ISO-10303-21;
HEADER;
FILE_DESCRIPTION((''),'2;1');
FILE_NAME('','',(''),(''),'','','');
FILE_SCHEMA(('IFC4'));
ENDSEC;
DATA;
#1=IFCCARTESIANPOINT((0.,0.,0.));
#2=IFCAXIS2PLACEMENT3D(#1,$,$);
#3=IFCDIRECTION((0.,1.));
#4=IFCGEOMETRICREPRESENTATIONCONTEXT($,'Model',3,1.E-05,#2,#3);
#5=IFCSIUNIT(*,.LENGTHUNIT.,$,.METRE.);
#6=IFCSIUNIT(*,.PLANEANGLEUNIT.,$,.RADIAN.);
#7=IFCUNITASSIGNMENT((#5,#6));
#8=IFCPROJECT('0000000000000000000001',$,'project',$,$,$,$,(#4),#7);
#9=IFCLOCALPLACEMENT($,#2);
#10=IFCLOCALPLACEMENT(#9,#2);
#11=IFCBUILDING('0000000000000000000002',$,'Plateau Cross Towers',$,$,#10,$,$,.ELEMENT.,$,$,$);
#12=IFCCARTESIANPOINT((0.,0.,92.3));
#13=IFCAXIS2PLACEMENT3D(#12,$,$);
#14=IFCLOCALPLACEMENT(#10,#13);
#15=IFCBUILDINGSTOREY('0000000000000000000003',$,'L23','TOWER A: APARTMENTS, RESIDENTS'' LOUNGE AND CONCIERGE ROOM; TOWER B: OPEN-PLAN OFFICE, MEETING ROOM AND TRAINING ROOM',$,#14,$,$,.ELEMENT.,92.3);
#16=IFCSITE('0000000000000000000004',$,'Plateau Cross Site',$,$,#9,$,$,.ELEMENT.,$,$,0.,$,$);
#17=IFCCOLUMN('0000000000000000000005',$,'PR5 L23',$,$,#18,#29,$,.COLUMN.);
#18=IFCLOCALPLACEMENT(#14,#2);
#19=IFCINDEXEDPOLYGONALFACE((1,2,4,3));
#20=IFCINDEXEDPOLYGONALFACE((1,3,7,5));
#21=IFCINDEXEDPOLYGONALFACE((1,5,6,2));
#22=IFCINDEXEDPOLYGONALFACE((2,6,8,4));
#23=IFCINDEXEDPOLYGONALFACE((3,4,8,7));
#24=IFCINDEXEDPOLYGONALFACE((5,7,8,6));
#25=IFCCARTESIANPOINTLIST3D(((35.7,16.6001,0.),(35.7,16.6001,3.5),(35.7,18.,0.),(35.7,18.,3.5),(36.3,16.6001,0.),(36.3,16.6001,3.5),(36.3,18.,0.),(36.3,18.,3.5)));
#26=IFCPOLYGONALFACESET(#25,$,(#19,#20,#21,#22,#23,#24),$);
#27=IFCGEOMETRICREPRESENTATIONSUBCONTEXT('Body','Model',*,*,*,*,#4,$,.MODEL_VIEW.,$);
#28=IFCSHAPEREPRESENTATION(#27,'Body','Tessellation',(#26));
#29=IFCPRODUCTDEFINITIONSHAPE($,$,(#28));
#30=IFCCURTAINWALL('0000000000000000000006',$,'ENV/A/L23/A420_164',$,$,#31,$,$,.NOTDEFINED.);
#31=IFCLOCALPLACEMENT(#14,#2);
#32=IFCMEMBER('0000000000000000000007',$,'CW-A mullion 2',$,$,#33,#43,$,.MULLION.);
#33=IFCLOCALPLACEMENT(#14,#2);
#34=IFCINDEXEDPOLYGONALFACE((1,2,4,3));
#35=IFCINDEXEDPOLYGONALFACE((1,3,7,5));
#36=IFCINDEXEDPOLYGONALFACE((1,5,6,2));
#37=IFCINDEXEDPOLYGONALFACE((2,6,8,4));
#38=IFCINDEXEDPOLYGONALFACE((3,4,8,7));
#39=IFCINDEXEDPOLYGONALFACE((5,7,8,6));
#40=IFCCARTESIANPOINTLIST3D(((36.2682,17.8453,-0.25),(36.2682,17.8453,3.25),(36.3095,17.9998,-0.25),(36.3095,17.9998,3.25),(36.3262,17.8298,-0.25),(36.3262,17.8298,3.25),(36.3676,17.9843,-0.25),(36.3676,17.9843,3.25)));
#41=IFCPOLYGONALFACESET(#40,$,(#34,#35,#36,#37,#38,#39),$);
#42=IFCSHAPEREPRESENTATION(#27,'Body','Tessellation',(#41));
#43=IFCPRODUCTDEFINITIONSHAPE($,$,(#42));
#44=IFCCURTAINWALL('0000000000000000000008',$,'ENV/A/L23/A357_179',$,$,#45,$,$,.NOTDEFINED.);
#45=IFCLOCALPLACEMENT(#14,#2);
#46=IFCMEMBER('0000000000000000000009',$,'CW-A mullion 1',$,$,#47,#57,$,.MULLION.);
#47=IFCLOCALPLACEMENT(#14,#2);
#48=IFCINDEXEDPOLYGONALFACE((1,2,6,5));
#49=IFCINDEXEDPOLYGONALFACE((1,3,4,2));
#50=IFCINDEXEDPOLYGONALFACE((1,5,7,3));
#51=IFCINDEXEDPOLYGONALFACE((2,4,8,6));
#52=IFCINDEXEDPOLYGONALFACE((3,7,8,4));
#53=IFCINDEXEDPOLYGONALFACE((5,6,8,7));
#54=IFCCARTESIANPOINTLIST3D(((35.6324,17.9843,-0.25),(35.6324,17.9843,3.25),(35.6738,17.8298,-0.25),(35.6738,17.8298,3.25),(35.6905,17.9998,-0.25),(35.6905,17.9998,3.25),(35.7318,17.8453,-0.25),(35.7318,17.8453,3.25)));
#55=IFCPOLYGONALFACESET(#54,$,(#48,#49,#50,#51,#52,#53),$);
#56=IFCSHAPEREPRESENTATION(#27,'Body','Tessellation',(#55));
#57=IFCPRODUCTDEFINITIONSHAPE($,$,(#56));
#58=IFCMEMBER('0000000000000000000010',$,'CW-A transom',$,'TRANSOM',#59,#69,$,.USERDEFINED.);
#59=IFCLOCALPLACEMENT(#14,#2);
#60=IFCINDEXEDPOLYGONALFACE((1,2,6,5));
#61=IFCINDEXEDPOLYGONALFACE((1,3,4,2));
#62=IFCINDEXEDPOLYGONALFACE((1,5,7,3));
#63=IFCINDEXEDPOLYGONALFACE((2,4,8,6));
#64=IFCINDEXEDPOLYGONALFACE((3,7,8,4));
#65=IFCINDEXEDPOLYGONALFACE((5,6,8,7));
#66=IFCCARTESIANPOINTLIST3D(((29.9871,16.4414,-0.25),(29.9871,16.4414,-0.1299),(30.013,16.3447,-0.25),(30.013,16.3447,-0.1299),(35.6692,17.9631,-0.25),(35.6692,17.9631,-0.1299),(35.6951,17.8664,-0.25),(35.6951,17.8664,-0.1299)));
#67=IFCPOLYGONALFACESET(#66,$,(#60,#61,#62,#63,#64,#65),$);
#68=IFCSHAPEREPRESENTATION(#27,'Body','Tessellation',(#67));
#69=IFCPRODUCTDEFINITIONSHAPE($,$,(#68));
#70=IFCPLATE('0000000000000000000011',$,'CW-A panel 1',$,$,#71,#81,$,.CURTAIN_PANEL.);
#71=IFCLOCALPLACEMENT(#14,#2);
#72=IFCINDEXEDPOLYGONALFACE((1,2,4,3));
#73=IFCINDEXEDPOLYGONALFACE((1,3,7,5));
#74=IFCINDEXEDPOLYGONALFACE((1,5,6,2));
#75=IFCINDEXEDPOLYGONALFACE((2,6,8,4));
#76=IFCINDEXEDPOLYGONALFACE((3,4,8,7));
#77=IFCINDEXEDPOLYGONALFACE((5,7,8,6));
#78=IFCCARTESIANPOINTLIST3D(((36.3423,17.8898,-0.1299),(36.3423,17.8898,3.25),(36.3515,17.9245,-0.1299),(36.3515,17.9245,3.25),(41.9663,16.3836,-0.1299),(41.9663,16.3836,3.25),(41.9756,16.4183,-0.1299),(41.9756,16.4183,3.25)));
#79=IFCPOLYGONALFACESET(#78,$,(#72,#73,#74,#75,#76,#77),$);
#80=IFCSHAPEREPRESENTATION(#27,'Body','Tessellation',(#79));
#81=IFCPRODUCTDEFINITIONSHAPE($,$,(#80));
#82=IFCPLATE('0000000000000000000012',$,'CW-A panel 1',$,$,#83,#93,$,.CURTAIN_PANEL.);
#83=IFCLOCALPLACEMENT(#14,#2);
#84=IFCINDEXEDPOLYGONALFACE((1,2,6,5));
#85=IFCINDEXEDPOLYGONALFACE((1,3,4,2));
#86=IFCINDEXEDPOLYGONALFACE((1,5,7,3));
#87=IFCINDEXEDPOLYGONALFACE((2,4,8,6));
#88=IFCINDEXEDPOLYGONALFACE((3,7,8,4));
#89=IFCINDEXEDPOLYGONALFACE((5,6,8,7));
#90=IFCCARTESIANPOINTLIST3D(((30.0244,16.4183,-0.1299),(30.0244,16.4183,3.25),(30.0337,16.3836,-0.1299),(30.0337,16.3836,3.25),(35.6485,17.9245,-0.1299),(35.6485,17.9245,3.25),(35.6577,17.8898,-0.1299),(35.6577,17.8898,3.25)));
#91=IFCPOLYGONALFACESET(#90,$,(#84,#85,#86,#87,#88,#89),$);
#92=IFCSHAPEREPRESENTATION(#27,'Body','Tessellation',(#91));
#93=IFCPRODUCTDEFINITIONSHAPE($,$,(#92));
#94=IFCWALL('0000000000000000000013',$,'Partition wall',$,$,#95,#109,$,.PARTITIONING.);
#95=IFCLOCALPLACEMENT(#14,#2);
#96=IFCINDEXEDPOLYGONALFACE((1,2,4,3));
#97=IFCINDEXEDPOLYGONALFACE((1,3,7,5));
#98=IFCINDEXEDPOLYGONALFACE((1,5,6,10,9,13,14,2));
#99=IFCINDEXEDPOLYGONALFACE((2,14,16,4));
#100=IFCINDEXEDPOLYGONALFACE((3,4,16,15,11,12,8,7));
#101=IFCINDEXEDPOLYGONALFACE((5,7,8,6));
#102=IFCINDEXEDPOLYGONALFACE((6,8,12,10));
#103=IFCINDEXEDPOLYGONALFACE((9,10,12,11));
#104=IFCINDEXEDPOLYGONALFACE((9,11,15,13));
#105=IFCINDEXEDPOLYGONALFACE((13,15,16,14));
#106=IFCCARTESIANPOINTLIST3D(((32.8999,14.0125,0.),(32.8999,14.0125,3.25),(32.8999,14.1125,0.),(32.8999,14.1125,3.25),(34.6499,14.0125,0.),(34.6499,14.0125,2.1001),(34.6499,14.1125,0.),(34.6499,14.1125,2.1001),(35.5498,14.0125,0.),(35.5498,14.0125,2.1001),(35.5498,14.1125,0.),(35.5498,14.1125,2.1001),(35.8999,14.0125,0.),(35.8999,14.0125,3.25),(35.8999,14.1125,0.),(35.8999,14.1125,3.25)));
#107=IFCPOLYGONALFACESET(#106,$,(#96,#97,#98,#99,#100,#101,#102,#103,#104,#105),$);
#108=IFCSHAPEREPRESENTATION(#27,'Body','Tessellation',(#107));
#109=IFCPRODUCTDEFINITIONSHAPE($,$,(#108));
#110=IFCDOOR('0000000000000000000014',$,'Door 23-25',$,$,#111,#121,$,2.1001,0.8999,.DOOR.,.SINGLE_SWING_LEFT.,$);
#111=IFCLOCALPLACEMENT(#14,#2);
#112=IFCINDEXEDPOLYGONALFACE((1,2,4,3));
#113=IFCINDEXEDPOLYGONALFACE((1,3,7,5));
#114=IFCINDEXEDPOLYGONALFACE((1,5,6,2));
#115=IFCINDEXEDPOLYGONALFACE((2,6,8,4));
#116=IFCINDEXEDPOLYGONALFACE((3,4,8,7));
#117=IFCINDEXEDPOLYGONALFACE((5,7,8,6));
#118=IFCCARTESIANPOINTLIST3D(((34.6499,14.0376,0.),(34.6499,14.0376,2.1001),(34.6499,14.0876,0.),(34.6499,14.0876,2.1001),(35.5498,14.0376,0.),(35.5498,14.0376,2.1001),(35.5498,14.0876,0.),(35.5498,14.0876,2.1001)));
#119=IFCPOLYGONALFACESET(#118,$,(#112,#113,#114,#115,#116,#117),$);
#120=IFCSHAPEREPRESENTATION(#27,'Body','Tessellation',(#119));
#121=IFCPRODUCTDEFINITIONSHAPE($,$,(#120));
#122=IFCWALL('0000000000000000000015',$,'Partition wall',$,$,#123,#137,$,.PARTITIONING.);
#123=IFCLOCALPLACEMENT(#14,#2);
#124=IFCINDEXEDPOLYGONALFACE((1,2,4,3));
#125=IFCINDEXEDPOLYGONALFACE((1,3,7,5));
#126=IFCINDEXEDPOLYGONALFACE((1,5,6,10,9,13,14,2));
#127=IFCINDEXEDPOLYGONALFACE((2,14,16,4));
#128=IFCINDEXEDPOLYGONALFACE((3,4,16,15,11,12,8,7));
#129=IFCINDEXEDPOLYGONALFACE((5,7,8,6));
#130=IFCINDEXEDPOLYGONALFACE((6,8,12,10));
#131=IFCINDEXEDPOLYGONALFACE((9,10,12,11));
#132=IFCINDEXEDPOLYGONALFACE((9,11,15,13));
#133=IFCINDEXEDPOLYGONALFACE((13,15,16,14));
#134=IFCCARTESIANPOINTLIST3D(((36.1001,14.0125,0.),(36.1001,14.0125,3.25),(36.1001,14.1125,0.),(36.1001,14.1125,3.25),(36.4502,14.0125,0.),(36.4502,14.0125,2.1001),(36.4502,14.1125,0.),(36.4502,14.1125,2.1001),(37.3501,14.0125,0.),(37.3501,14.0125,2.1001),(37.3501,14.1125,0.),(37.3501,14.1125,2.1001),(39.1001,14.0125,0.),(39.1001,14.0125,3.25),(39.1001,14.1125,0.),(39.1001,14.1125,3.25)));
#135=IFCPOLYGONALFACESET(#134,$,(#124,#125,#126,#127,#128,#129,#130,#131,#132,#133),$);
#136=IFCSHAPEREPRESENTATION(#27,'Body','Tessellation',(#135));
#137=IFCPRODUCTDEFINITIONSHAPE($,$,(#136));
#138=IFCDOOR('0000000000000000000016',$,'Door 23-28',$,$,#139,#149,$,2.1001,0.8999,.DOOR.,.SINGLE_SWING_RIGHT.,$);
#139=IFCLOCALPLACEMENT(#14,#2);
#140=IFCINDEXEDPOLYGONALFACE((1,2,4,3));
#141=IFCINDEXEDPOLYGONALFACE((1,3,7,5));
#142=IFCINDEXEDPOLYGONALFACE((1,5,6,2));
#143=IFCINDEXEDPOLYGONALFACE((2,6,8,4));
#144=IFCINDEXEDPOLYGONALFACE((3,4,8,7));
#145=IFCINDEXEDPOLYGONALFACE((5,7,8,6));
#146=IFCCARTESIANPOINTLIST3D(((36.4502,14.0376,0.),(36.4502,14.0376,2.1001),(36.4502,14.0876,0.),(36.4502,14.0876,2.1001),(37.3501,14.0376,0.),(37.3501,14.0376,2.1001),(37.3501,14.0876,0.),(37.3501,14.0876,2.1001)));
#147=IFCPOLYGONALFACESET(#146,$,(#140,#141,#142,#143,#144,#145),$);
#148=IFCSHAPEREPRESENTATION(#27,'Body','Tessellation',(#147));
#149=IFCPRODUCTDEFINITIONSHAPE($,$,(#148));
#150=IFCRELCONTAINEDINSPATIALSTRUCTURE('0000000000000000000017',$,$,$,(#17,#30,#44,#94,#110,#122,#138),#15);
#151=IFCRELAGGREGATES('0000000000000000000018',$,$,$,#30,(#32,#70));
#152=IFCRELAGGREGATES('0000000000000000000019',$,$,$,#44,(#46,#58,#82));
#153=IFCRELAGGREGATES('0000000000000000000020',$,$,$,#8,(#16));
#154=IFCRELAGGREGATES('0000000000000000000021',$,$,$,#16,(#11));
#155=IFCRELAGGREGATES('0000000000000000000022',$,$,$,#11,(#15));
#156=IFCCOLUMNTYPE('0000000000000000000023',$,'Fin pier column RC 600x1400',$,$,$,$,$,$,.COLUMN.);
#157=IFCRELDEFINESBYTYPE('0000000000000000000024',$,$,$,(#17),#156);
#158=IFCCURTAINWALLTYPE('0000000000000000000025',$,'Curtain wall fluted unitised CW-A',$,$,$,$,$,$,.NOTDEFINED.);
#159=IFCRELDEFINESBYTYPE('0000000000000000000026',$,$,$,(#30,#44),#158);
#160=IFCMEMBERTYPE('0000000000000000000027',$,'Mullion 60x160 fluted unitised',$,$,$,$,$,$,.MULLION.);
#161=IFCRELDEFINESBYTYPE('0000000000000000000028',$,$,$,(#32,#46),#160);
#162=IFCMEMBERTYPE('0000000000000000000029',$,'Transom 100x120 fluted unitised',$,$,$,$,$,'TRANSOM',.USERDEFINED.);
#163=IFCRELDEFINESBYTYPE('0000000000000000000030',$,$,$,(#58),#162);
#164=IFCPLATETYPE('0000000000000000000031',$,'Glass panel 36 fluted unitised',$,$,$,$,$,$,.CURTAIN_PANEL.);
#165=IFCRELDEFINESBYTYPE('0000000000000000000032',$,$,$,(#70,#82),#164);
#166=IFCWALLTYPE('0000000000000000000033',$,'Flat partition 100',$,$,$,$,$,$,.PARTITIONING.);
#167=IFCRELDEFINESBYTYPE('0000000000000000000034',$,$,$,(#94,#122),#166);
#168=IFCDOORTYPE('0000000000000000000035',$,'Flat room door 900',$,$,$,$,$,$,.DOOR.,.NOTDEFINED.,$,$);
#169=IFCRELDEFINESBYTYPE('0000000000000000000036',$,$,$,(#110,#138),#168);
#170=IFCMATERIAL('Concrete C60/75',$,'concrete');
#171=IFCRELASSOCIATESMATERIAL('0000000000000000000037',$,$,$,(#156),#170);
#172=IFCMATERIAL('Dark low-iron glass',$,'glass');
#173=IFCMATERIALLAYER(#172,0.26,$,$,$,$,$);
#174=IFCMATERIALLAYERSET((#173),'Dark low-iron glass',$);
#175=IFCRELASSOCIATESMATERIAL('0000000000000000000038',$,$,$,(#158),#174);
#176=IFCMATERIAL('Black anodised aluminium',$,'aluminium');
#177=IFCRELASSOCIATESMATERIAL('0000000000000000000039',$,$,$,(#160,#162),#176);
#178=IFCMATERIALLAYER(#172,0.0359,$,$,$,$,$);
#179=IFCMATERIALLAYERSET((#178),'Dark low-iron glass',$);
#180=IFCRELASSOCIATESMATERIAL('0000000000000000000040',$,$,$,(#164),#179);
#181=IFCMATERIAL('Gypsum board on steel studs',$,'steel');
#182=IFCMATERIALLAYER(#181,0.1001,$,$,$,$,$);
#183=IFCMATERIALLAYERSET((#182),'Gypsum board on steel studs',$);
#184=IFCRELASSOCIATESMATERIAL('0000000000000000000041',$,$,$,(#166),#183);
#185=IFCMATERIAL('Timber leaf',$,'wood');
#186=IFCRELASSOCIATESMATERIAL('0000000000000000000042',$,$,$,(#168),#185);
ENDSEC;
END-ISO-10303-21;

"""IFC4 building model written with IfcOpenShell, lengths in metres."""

from ifc_helpers import new_model, si_unit, direction, frame, frame_2d, origin, origin_2d, place, context, subcontext, project, spatial, rectangle, extrude, material, layer, layer_set, material_profile, profile_set, type_object, element, fill, aggregate, save


model = new_model("IFC4")

# Units and contexts
model_context = context("Model", 3, precision=1e-05, world=origin(), true_north=direction((0.0, 1.0)))
body_context = subcontext(model_context, "Body", "Model", "MODEL_VIEW")
ifc_project = project(units=[si_unit("LENGTHUNIT", "METRE"), si_unit("PLANEANGLEUNIT", "RADIAN")], contexts=[model_context])

# Site, building, storey
site_placement = place(None, origin())
site = spatial("IfcSite", under=ifc_project, at=site_placement, Name="Plateau Cross Site", CompositionType="ELEMENT", RefElevation=0.0)
building_placement = place(site_placement, origin())
building = spatial("IfcBuilding", under=site, at=building_placement, Name="Plateau Cross Towers", CompositionType="ELEMENT")
storey_placement = place(building_placement, frame((0.0, 0.0, 92.3)))
storey = spatial("IfcBuildingStorey", under=building, at=storey_placement, Name="L23", Description="TOWER A: APARTMENTS, RESIDENTS' LOUNGE AND CONCIERGE ROOM; TOWER B: OPEN-PLAN OFFICE, MEETING ROOM AND TRAINING ROOM", CompositionType="ELEMENT", Elevation=92.3)

# Column
ifc_material_1 = material(Name="Concrete C60/75", Category="concrete")
ifc_material_profile_1 = material_profile(ifc_material_1, rectangle(XDim=0.6001, YDim=1.3999, at=origin_2d()), Name="RC 600x1400")
ifc_profile_set_1 = profile_set([ifc_material_profile_1], Name="Concrete C60/75")
column_type = type_object("IfcColumnType", Name="Fin pier column RC 600x1400", PredefinedType="COLUMN", material=ifc_profile_set_1)
column_placement = place(storey_placement, frame((36.0, 17.3, 0.0), z_axis=(0.0, 0.0, 1.0), x_axis=(1.0, 0.0, 0.0)))
element("IfcColumn", 1, at=column_placement, inside=storey, type_object=column_type, Name="PR5 L23", PredefinedType="COLUMN", context=body_context, shape_type="SweptSolid", body=[
    extrude(rectangle(XDim=0.6001, YDim=1.3999, at=origin_2d()), origin(), (0.0, 0.0, 1.0), 3.5),
])

# Curtain wall, member
ifc_material_2 = material(Name="Dark low-iron glass", Category="glass")
ifc_layer_1 = layer(ifc_material_2, 0.26)
ifc_layer_set_1 = layer_set([ifc_layer_1], Name="Dark low-iron glass")
curtain_wall_type = type_object("IfcCurtainWallType", Name="Curtain wall fluted unitised CW-A", PredefinedType="NOTDEFINED", material=ifc_layer_set_1)
curtain_wall_1_placement = place(storey_placement, origin())
curtain_wall_1 = element("IfcCurtainWall", 2, at=curtain_wall_1_placement, inside=storey, type_object=curtain_wall_type, Name="ENV/A/L23/A420_164", PredefinedType="NOTDEFINED")
ifc_material_3 = material(Name="Black anodised aluminium", Category="aluminium")
ifc_material_profile_2 = material_profile(ifc_material_3, rectangle(XDim=0.0601, YDim=0.1599, at=origin_2d()), Name="MULLION 60x160")
ifc_profile_set_2 = profile_set([ifc_material_profile_2], Name="Black anodised aluminium")
member_type_1 = type_object("IfcMemberType", Name="Mullion 60x160 fluted unitised", PredefinedType="MULLION", material=ifc_profile_set_2)
member_1_placement = place(storey_placement, frame((36.3179, 17.9148, -0.25), z_axis=(0.0, 0.0, 1.0), x_axis=(-0.965958, 0.258699, 0.0)))
member_1 = element("IfcMember", 3, at=member_1_placement, type_object=member_type_1, Name="CW-A mullion 2", PredefinedType="MULLION", context=body_context, shape_type="SweptSolid", body=[
    extrude(rectangle(XDim=0.0601, YDim=0.1599, at=origin_2d()), origin(), (0.0, 0.0, 1.0), 3.5),
])

# Curtain wall, members
curtain_wall_2_placement = place(storey_placement, origin())
curtain_wall_2 = element("IfcCurtainWall", 4, at=curtain_wall_2_placement, inside=storey, type_object=curtain_wall_type, Name="ENV/A/L23/A357_179", PredefinedType="NOTDEFINED")
member_2_placement = place(storey_placement, frame((35.6821, 17.9148, -0.25), z_axis=(0.0, 0.0, 1.0), x_axis=(-0.965958, -0.258699, 0.0)))
member_2 = element("IfcMember", 5, at=member_2_placement, type_object=member_type_1, Name="CW-A mullion 1", PredefinedType="MULLION", context=body_context, shape_type="SweptSolid", body=[
    extrude(rectangle(XDim=0.0601, YDim=0.1599, at=origin_2d()), origin(), (0.0, 0.0, 1.0), 3.5),
])
ifc_material_profile_3 = material_profile(ifc_material_3, rectangle(XDim=0.1001, YDim=0.1201, at=origin_2d()), Name="TRANSOM 100x120")
ifc_profile_set_3 = profile_set([ifc_material_profile_3], Name="Black anodised aluminium")
member_type_2 = type_object("IfcMemberType", Name="Transom 100x120 fluted unitised", ElementType="TRANSOM", PredefinedType="USERDEFINED", material=ifc_profile_set_3)
member_3_placement = place(storey_placement, frame((35.6821, 17.9148, -0.1899), z_axis=(-0.96596, -0.258693, 0.0), x_axis=(0.258693, -0.96596, 0.0)))
member_3 = element("IfcMember", 6, at=member_3_placement, type_object=member_type_2, Name="CW-A transom", ObjectType="TRANSOM", PredefinedType="USERDEFINED", context=body_context, shape_type="SweptSolid", body=[
    extrude(rectangle(XDim=0.1001, YDim=0.1201, at=origin_2d()), origin(), (0.0, 0.0, 1.0), 5.8823),
])

# Plates
ifc_layer_2 = layer(ifc_material_2, 0.0359)
ifc_layer_set_2 = layer_set([ifc_layer_2], Name="Dark low-iron glass")
plate_type = type_object("IfcPlateType", Name="Glass panel 36 fluted unitised", PredefinedType="CURTAIN_PANEL", material=ifc_layer_set_2)
plate_1_placement = place(storey_placement, frame((39.1589, 17.1541, -0.1299), z_axis=(0.0, 0.0, 1.0), x_axis=(-0.965958, 0.258699, 0.0)))
plate_1 = element("IfcPlate", 7, at=plate_1_placement, type_object=plate_type, Name="CW-A panel 1", PredefinedType="CURTAIN_PANEL", context=body_context, shape_type="SweptSolid", body=[
    extrude(rectangle(XDim=5.8223, YDim=0.0359, at=origin_2d()), origin(), (0.0, 0.0, 1.0), 3.3799),
])
aggregate(curtain_wall_1, [member_1, plate_1])
plate_2_placement = place(storey_placement, frame((32.8411, 17.1541, -0.1299), z_axis=(0.0, 0.0, 1.0), x_axis=(-0.965958, -0.258699, 0.0)))
plate_2 = element("IfcPlate", 8, at=plate_2_placement, type_object=plate_type, Name="CW-A panel 1", PredefinedType="CURTAIN_PANEL", context=body_context, shape_type="SweptSolid", body=[
    extrude(rectangle(XDim=5.8223, YDim=0.0359, at=origin_2d()), origin(), (0.0, 0.0, 1.0), 3.3799),
])
aggregate(curtain_wall_2, [member_2, member_3, plate_2])

# Walls, openings, doors
ifc_material_4 = material(Name="Gypsum board on steel studs", Category="steel")
ifc_layer_3 = layer(ifc_material_4, 0.1001)
ifc_layer_set_3 = layer_set([ifc_layer_3], Name="Gypsum board on steel studs")
wall_type_1 = type_object("IfcWallType", Name="Flat partition 100", PredefinedType="PARTITIONING", material=ifc_layer_set_3)
wall_1_placement = place(storey_placement, frame((35.8999, 14.0625, 0.0), z_axis=(0.0, 0.0, 1.0), x_axis=(-1.0, 0.0, 0.0)))
wall_1 = element("IfcWall", 9, at=wall_1_placement, inside=storey, type_object=wall_type_1, Name="Partition wall", PredefinedType="PARTITIONING", context=body_context, shape_type="SweptSolid", body=[
    extrude(rectangle(XDim=3.0, YDim=0.1001, at=frame_2d((1.5, 0.0))), origin(), (0.0, 0.0, 1.0), 3.25),
])
opening_1_placement = place(wall_1_placement, frame((0.3501, 0.0, 0.0)))
opening_1 = element("IfcOpeningElement", 10, at=opening_1_placement, cuts=wall_1, PredefinedType="OPENING", context=body_context, shape_type="SweptSolid", body=[
    extrude(rectangle(XDim=0.8999, YDim=2.1001, at=frame_2d((0.45, 1.05))), frame((0.0, 0.0601, 0.0), z_axis=(0.0, -1.0, 0.0), x_axis=(1.0, 0.0, 0.0)), (0.0, 0.0, 1.0), 0.1201),
])
ifc_material_5 = material(Name="Timber leaf", Category="wood")
door_type = type_object("IfcDoorType", Name="Flat room door 900", OperationType="NOTDEFINED", PredefinedType="DOOR", material=ifc_material_5)
door_1_placement = place(opening_1_placement, origin())
door_1 = element("IfcDoor", 11, at=door_1_placement, inside=storey, type_object=door_type, Name="Door 23-25", OperationType="SINGLE_SWING_LEFT", OverallHeight=2.1001, OverallWidth=0.8999, PredefinedType="DOOR", context=body_context, shape_type="SweptSolid", body=[
    extrude(rectangle(XDim=0.8999, YDim=2.1001, at=frame_2d((0.45, 1.05))), frame((0.0, 0.0249, 0.0), z_axis=(0.0, -1.0, 0.0), x_axis=(1.0, 0.0, 0.0)), (0.0, 0.0, 1.0), 0.05),
])
fill(opening_1, door_1)
wall_2_placement = place(storey_placement, frame((39.1001, 14.0625, 0.0), z_axis=(0.0, 0.0, 1.0), x_axis=(-1.0, 0.0, 0.0)))
wall_2 = element("IfcWall", 12, at=wall_2_placement, inside=storey, type_object=wall_type_1, Name="Partition wall", PredefinedType="PARTITIONING", context=body_context, shape_type="SweptSolid", body=[
    extrude(rectangle(XDim=3.0, YDim=0.1001, at=frame_2d((1.5, 0.0))), origin(), (0.0, 0.0, 1.0), 3.25),
])
opening_2_placement = place(wall_2_placement, frame((1.75, 0.0, 0.0)))
opening_2 = element("IfcOpeningElement", 13, at=opening_2_placement, cuts=wall_2, PredefinedType="OPENING", context=body_context, shape_type="SweptSolid", body=[
    extrude(rectangle(XDim=0.8999, YDim=2.1001, at=frame_2d((0.45, 1.05))), frame((0.0, 0.0601, 0.0), z_axis=(0.0, -1.0, 0.0), x_axis=(1.0, 0.0, 0.0)), (0.0, 0.0, 1.0), 0.1201),
])
door_2_placement = place(opening_2_placement, origin())
door_2 = element("IfcDoor", 14, at=door_2_placement, inside=storey, type_object=door_type, Name="Door 23-28", OperationType="SINGLE_SWING_RIGHT", OverallHeight=2.1001, OverallWidth=0.8999, PredefinedType="DOOR", context=body_context, shape_type="SweptSolid", body=[
    extrude(rectangle(XDim=0.8999, YDim=2.1001, at=frame_2d((0.45, 1.05))), frame((0.0, 0.0249, 0.0), z_axis=(0.0, -1.0, 0.0), x_axis=(1.0, 0.0, 0.0)), (0.0, 0.0, 1.0), 0.05),
])
fill(opening_2, door_2)

save(model, "model.ifc")
